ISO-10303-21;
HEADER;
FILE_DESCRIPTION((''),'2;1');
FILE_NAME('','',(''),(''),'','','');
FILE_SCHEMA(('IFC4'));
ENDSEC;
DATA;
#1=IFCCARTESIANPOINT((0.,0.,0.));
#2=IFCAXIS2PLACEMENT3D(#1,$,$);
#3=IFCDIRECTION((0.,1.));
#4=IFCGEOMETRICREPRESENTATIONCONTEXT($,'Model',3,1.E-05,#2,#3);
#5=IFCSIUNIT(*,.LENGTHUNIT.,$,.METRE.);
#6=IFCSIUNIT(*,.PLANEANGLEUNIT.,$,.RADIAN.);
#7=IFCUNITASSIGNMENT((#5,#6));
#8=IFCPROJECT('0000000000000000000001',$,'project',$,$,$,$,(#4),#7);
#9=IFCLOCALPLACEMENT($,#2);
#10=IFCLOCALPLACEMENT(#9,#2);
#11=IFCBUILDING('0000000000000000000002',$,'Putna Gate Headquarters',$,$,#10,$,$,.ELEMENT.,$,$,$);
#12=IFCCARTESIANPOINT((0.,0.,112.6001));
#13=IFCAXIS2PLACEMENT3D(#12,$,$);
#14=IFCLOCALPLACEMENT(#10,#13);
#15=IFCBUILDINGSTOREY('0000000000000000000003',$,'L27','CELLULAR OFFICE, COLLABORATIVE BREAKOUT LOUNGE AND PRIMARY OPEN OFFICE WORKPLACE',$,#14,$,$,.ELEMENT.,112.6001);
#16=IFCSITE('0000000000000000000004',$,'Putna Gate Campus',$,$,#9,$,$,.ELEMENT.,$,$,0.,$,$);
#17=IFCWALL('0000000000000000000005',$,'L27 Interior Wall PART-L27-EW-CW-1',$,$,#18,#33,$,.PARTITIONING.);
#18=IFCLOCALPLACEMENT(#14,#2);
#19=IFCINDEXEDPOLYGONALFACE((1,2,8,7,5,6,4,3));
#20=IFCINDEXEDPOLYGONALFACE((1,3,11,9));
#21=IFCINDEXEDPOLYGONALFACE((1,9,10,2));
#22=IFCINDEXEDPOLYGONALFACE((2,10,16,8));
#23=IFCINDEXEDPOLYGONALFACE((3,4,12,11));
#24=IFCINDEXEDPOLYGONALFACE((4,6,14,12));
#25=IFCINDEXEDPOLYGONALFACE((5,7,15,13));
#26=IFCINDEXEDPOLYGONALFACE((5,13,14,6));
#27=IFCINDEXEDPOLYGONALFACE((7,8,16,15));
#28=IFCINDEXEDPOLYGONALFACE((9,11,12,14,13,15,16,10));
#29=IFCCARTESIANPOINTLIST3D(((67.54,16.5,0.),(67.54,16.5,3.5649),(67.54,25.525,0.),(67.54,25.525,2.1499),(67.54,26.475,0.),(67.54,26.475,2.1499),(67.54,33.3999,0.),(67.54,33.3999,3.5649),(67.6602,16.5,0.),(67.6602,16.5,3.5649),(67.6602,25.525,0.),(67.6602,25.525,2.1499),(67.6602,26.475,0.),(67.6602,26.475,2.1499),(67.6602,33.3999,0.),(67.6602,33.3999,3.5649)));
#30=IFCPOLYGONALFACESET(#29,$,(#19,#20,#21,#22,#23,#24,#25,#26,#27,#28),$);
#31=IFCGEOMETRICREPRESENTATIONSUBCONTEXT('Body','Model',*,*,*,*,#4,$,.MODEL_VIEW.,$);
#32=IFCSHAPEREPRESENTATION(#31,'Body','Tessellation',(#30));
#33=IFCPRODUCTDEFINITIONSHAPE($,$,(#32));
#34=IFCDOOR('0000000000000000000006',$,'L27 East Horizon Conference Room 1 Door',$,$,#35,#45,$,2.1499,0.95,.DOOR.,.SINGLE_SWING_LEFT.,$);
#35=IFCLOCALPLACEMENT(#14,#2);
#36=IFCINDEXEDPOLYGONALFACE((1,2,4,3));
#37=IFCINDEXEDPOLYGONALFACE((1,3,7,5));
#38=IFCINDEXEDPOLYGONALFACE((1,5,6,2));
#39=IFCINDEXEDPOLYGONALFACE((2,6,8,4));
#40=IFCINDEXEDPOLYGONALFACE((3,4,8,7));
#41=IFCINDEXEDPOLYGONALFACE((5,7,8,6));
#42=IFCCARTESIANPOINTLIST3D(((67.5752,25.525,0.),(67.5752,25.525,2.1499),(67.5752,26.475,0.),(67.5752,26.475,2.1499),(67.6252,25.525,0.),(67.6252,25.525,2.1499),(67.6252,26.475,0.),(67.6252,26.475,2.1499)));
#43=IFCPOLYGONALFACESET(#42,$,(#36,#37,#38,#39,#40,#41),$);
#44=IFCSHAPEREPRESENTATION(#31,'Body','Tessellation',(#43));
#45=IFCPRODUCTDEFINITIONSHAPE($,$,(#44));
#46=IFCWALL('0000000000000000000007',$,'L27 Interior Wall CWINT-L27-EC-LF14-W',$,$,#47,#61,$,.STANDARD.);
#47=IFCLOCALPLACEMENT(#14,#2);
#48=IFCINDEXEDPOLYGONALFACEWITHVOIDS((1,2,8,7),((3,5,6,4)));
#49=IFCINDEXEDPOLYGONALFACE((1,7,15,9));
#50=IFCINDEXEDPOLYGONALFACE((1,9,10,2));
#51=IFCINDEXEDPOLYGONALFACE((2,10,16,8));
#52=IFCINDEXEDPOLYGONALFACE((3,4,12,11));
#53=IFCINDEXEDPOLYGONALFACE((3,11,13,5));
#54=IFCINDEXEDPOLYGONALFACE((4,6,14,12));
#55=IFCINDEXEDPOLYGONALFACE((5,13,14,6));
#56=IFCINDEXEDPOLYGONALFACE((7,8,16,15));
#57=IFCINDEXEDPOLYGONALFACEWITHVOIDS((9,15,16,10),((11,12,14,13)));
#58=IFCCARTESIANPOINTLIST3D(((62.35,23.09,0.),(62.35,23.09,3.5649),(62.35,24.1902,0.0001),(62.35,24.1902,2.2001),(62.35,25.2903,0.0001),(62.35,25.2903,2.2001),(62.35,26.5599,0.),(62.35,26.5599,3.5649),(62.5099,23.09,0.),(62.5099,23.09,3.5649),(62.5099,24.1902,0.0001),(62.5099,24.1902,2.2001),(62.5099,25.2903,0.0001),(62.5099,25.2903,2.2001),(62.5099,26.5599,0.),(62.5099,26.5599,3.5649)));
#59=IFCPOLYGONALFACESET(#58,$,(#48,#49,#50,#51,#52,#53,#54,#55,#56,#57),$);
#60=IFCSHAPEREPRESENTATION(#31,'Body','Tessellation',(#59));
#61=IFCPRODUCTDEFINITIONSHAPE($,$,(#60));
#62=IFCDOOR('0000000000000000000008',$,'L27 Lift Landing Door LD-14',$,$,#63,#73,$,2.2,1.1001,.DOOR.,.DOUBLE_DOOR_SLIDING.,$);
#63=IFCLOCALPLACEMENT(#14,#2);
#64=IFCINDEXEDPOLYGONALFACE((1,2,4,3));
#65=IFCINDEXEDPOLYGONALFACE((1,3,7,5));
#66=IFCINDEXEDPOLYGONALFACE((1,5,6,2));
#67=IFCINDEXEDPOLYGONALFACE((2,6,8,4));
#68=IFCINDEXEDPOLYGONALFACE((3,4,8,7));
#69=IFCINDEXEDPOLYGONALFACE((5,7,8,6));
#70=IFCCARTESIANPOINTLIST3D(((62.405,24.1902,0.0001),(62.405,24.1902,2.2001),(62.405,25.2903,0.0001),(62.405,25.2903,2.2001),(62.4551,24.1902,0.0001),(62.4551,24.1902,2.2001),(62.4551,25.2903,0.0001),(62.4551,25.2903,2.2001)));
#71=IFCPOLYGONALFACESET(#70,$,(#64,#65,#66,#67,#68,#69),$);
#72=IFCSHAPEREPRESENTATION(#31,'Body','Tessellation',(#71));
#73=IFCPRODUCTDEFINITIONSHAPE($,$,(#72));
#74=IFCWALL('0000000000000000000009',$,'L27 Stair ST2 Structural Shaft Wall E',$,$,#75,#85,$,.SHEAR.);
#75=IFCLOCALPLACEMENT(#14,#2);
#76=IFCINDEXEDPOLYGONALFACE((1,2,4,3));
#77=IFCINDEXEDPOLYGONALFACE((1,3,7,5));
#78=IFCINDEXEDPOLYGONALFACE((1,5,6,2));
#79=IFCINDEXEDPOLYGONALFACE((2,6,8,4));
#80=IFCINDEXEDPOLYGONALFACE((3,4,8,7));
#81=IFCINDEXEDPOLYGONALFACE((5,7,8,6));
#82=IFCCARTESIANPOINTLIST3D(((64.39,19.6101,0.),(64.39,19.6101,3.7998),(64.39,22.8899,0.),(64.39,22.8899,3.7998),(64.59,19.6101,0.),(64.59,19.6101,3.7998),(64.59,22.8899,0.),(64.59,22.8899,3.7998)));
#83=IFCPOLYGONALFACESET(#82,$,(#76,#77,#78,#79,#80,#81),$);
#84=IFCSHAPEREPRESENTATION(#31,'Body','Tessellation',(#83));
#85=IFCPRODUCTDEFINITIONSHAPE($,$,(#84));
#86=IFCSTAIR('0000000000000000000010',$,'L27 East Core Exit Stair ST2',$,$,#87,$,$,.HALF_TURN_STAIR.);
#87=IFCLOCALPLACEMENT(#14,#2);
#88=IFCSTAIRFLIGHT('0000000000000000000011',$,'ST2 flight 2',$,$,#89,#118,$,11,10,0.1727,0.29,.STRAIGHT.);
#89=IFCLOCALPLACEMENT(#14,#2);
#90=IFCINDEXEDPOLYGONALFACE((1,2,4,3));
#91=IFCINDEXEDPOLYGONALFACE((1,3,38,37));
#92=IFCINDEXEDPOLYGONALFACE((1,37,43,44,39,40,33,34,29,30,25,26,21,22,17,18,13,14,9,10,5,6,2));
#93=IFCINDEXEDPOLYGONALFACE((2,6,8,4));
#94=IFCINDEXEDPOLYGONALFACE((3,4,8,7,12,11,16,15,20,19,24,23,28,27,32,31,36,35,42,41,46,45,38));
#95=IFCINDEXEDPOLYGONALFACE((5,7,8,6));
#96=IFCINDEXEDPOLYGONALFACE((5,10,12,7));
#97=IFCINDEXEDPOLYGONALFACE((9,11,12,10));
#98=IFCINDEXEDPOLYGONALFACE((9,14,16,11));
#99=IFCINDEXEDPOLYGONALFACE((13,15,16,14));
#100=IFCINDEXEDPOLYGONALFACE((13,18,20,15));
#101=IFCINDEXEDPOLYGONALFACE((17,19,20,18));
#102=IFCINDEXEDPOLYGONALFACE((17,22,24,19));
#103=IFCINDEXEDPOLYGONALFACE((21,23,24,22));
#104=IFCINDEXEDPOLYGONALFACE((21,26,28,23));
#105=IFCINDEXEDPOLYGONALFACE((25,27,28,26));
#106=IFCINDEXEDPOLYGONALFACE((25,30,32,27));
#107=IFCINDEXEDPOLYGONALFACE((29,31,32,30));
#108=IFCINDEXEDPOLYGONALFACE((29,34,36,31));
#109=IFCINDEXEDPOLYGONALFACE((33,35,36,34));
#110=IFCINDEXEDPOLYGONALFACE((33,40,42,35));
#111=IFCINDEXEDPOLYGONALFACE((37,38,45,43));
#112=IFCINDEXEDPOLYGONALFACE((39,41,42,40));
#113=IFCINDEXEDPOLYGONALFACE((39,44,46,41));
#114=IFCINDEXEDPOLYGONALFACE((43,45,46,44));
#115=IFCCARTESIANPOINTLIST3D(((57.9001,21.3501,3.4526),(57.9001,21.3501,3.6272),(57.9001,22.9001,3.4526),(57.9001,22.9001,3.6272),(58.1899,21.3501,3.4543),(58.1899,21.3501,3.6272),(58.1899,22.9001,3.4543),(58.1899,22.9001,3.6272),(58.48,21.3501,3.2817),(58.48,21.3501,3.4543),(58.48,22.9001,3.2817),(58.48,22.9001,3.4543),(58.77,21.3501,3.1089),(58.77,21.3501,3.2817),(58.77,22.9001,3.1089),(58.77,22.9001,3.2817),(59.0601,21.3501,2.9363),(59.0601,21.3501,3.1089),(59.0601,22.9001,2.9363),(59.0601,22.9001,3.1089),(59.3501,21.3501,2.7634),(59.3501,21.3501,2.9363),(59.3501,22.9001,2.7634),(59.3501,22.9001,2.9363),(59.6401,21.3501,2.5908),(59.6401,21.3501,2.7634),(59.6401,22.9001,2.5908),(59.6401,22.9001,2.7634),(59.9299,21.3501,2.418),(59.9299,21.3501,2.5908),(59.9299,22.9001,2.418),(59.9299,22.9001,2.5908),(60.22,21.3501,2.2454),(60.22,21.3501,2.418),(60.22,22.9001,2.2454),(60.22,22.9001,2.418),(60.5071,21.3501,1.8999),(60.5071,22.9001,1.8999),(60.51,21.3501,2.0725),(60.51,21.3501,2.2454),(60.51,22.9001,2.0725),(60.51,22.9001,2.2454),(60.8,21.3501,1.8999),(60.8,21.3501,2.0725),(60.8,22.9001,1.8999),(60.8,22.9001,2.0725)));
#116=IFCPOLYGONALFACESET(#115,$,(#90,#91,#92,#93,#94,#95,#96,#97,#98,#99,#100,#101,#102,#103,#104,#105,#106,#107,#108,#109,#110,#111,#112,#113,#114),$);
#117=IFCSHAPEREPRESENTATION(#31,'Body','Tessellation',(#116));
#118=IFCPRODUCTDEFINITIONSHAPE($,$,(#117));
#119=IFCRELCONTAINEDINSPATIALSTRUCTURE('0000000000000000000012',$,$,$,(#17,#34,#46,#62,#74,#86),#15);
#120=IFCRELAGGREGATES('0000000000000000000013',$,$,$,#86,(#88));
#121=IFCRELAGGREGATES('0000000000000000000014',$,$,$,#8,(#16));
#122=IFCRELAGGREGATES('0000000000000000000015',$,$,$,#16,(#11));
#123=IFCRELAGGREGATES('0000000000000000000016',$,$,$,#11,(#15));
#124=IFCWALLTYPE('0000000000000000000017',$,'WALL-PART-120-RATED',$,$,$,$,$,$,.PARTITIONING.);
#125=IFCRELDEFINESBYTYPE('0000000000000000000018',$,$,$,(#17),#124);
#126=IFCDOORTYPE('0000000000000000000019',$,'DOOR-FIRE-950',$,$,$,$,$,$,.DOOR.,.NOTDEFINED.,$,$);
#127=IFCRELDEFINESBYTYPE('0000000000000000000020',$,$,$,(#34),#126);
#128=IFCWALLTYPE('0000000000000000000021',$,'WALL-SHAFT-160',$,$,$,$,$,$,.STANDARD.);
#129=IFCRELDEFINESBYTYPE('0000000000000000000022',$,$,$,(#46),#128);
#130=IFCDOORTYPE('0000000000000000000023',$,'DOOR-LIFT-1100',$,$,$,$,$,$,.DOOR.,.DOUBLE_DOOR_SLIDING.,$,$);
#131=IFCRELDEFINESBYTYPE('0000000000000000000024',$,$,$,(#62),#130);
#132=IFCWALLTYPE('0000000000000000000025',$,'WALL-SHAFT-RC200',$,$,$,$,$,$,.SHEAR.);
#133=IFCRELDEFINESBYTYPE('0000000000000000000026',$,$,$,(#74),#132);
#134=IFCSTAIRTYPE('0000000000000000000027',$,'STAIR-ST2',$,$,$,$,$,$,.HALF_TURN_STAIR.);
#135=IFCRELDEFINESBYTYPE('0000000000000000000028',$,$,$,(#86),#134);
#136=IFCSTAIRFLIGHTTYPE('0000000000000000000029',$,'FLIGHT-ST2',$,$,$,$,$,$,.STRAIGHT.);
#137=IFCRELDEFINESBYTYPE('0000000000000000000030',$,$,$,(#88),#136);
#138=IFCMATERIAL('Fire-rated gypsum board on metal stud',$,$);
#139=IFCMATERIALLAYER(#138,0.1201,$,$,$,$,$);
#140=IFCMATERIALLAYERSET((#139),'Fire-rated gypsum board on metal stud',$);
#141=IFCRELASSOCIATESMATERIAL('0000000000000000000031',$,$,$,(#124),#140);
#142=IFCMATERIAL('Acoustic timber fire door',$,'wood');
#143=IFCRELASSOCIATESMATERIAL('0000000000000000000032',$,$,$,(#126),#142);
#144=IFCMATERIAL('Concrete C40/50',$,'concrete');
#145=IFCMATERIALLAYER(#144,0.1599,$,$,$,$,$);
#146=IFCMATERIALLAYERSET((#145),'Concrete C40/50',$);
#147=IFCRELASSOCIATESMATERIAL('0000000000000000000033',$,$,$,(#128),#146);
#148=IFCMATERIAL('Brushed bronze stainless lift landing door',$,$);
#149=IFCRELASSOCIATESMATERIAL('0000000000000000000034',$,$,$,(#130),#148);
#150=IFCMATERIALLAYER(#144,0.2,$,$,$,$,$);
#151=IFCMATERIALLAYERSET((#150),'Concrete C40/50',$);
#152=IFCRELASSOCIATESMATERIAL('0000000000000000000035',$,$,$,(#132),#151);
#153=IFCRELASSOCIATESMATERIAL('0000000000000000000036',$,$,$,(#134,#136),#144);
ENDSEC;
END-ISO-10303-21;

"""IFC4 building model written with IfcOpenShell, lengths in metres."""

from ifc_helpers import new_model, si_unit, direction, frame, frame_2d, origin, place, context, subcontext, project, spatial, polyline, rectangle, outline, extrude, material, layer, layer_set, type_object, element, fill, aggregate, save


model = new_model("IFC4")

# Units and contexts
model_context = context("Model", 3, precision=1e-05, world=origin(), true_north=direction((0.0, 1.0)))
body_context = subcontext(model_context, "Body", "Model", "MODEL_VIEW")
ifc_project = project(units=[si_unit("LENGTHUNIT", "METRE"), si_unit("PLANEANGLEUNIT", "RADIAN")], contexts=[model_context])

# Site, building, storey
site_placement = place(None, origin())
site = spatial("IfcSite", under=ifc_project, at=site_placement, Name="Putna Gate Campus", CompositionType="ELEMENT", RefElevation=0.0)
building_placement = place(site_placement, origin())
building = spatial("IfcBuilding", under=site, at=building_placement, Name="Putna Gate Headquarters", CompositionType="ELEMENT")
storey_placement = place(building_placement, frame((0.0, 0.0, 112.6001)))
storey = spatial("IfcBuildingStorey", under=building, at=storey_placement, Name="L27", Description="CELLULAR OFFICE, COLLABORATIVE BREAKOUT LOUNGE AND PRIMARY OPEN OFFICE WORKPLACE", CompositionType="ELEMENT", Elevation=112.6001)

# Walls, openings, doors
ifc_material_1 = material(Name="Fire-rated gypsum board on metal stud")
ifc_layer_1 = layer(ifc_material_1, 0.1201)
ifc_layer_set_1 = layer_set([ifc_layer_1], Name="Fire-rated gypsum board on metal stud")
wall_type_1 = type_object("IfcWallType", Name="WALL-PART-120-RATED", PredefinedType="PARTITIONING", material=ifc_layer_set_1)
ifc_material_2 = material(Name="Acoustic timber fire door", Category="wood")
door_type_1 = type_object("IfcDoorType", Name="DOOR-FIRE-950", OperationType="NOTDEFINED", PredefinedType="DOOR", material=ifc_material_2)
wall_1_placement = place(storey_placement, frame((67.6001, 16.5, 0.0), z_axis=(0.0, 0.0, 1.0), x_axis=(0.0, 1.0, 0.0)))
wall_1 = element("IfcWall", 1, at=wall_1_placement, inside=storey, type_object=wall_type_1, Name="L27 Interior Wall PART-L27-EW-CW-1", PredefinedType="PARTITIONING", context=body_context, shape_type="SweptSolid", body=[
    extrude(rectangle(XDim=16.8999, YDim=0.1201, at=frame_2d((8.45, 0.0))), origin(), (0.0, 0.0, 1.0), 3.5649),
])
opening_1_placement = place(wall_1_placement, frame((9.0249, 0.0, 0.0)))
opening_1 = element("IfcOpeningElement", 2, at=opening_1_placement, cuts=wall_1, PredefinedType="OPENING", context=body_context, shape_type="SweptSolid", body=[
    extrude(rectangle(XDim=0.95, YDim=2.1499, at=frame_2d((0.4751, 1.075))), frame((0.0, 0.0701, 0.0), z_axis=(0.0, -1.0, 0.0), x_axis=(1.0, 0.0, 0.0)), (0.0, 0.0, 1.0), 0.1401),
])
door_1_placement = place(opening_1_placement, origin())
door_1 = element("IfcDoor", 3, at=door_1_placement, inside=storey, type_object=door_type_1, Name="L27 East Horizon Conference Room 1 Door", OperationType="SINGLE_SWING_LEFT", OverallHeight=2.1499, OverallWidth=0.95, PredefinedType="DOOR", context=body_context, shape_type="SweptSolid", body=[
    extrude(rectangle(XDim=0.95, YDim=2.1499, at=frame_2d((0.4751, 1.075))), frame((0.0, 0.0249, 0.0), z_axis=(0.0, -1.0, 0.0), x_axis=(1.0, 0.0, 0.0)), (0.0, 0.0, 1.0), 0.05),
])
fill(opening_1, door_1)
ifc_material_3 = material(Name="Concrete C40/50", Category="concrete")
ifc_layer_2 = layer(ifc_material_3, 0.1599)
ifc_layer_set_2 = layer_set([ifc_layer_2], Name="Concrete C40/50")
wall_type_2 = type_object("IfcWallType", Name="WALL-SHAFT-160", PredefinedType="STANDARD", material=ifc_layer_set_2)
wall_2_placement = place(storey_placement, frame((62.4299, 23.0901, 0.0), z_axis=(0.0, 0.0, 1.0), x_axis=(0.0, 1.0, 0.0)))
wall_2 = element("IfcWall", 4, at=wall_2_placement, inside=storey, type_object=wall_type_2, Name="L27 Interior Wall CWINT-L27-EC-LF14-W", PredefinedType="STANDARD", context=body_context, shape_type="SweptSolid", body=[
    extrude(rectangle(XDim=3.47, YDim=0.1599, at=frame_2d((1.7349, 0.0))), origin(), (0.0, 0.0, 1.0), 3.5649),
])
opening_2_placement = place(wall_2_placement, frame((1.1001, 0.0, 0.0)))
opening_2 = element("IfcOpeningElement", 5, at=opening_2_placement, cuts=wall_2, PredefinedType="OPENING", context=body_context, shape_type="SweptSolid", body=[
    extrude(rectangle(XDim=1.1001, YDim=2.2, at=frame_2d((0.55, 1.1001))), frame((0.0, 0.0898, 0.0), z_axis=(0.0, -1.0, 0.0), x_axis=(1.0, 0.0, 0.0)), (0.0, 0.0, 1.0), 0.1799),
])
ifc_material_4 = material(Name="Brushed bronze stainless lift landing door")
door_type_2 = type_object("IfcDoorType", Name="DOOR-LIFT-1100", OperationType="DOUBLE_DOOR_SLIDING", PredefinedType="DOOR", material=ifc_material_4)
door_2_placement = place(opening_2_placement, origin())
door_2 = element("IfcDoor", 6, at=door_2_placement, inside=storey, type_object=door_type_2, Name="L27 Lift Landing Door LD-14", OperationType="DOUBLE_DOOR_SLIDING", OverallHeight=2.2, OverallWidth=1.1001, PredefinedType="DOOR", context=body_context, shape_type="SweptSolid", body=[
    extrude(rectangle(XDim=1.1001, YDim=2.2, at=frame_2d((0.55, 1.1001))), frame((0.0, 0.0249, 0.0), z_axis=(0.0, -1.0, 0.0), x_axis=(1.0, 0.0, 0.0)), (0.0, 0.0, 1.0), 0.05),
])
fill(opening_2, door_2)

# Wall
ifc_layer_3 = layer(ifc_material_3, 0.2)
ifc_layer_set_3 = layer_set([ifc_layer_3], Name="Concrete C40/50")
wall_type_3 = type_object("IfcWallType", Name="WALL-SHAFT-RC200", PredefinedType="SHEAR", material=ifc_layer_set_3)
wall_3_placement = place(storey_placement, frame((64.49, 19.6101, 0.0), z_axis=(0.0, 0.0, 1.0), x_axis=(0.0, 1.0, 0.0)))
element("IfcWall", 7, at=wall_3_placement, inside=storey, type_object=wall_type_3, Name="L27 Stair ST2 Structural Shaft Wall E", PredefinedType="SHEAR", context=body_context, shape_type="SweptSolid", body=[
    extrude(rectangle(XDim=3.2798, YDim=0.2, at=frame_2d((1.6399, 0.0))), origin(), (0.0, 0.0, 1.0), 3.7998),
])

# Stair, stair flight
stair_type = type_object("IfcStairType", Name="STAIR-ST2", PredefinedType="HALF_TURN_STAIR", material=ifc_material_3)
stair_placement = place(storey_placement, origin())
stair = element("IfcStair", 8, at=stair_placement, inside=storey, type_object=stair_type, Name="L27 East Core Exit Stair ST2", PredefinedType="HALF_TURN_STAIR")
stair_flight_type = type_object("IfcStairFlightType", Name="FLIGHT-ST2", PredefinedType="STRAIGHT", material=ifc_material_3)
stair_flight_placement = place(storey_placement, frame((60.8, 22.125, 1.8999), z_axis=(0.0, 0.0, 1.0), x_axis=(-1.0, 0.0, 0.0)))
stair_flight = element("IfcStairFlight", 9, at=stair_flight_placement, type_object=stair_flight_type, Name="ST2 flight 2", NumberOfRisers=11, NumberOfTreads=10, PredefinedType="STRAIGHT", RiserHeight=0.1727, TreadLength=0.29, context=body_context, shape_type="SweptSolid", body=[
    extrude(outline(polyline([(0.0, 0.0), (0.0, 0.1726), (0.29, 0.1726), (0.29, 0.3455), (0.5801, 0.3455), (0.5801, 0.5181), (0.8701, 0.5181), (0.8701, 0.6909), (1.1599, 0.6909), (1.1599, 0.8635), (1.45, 0.8635), (1.45, 1.0364), (1.74, 1.0364), (1.74, 1.209), (2.03, 1.209), (2.03, 1.3818), (2.3201, 1.3818), (2.3201, 1.5544), (2.6101, 1.5544), (2.6101, 1.7273), (2.8999, 1.7273), (2.8999, 1.8999), (2.8999, 1.5527), (0.293, 0.0), (0.0, 0.0)])), frame((0.0, 0.7749, 0.0), z_axis=(0.0, -1.0, 0.0), x_axis=(1.0, 0.0, 0.0)), (0.0, 0.0, 1.0), 1.55),
])
aggregate(stair, [stair_flight])

save(model, "model.ifc")
